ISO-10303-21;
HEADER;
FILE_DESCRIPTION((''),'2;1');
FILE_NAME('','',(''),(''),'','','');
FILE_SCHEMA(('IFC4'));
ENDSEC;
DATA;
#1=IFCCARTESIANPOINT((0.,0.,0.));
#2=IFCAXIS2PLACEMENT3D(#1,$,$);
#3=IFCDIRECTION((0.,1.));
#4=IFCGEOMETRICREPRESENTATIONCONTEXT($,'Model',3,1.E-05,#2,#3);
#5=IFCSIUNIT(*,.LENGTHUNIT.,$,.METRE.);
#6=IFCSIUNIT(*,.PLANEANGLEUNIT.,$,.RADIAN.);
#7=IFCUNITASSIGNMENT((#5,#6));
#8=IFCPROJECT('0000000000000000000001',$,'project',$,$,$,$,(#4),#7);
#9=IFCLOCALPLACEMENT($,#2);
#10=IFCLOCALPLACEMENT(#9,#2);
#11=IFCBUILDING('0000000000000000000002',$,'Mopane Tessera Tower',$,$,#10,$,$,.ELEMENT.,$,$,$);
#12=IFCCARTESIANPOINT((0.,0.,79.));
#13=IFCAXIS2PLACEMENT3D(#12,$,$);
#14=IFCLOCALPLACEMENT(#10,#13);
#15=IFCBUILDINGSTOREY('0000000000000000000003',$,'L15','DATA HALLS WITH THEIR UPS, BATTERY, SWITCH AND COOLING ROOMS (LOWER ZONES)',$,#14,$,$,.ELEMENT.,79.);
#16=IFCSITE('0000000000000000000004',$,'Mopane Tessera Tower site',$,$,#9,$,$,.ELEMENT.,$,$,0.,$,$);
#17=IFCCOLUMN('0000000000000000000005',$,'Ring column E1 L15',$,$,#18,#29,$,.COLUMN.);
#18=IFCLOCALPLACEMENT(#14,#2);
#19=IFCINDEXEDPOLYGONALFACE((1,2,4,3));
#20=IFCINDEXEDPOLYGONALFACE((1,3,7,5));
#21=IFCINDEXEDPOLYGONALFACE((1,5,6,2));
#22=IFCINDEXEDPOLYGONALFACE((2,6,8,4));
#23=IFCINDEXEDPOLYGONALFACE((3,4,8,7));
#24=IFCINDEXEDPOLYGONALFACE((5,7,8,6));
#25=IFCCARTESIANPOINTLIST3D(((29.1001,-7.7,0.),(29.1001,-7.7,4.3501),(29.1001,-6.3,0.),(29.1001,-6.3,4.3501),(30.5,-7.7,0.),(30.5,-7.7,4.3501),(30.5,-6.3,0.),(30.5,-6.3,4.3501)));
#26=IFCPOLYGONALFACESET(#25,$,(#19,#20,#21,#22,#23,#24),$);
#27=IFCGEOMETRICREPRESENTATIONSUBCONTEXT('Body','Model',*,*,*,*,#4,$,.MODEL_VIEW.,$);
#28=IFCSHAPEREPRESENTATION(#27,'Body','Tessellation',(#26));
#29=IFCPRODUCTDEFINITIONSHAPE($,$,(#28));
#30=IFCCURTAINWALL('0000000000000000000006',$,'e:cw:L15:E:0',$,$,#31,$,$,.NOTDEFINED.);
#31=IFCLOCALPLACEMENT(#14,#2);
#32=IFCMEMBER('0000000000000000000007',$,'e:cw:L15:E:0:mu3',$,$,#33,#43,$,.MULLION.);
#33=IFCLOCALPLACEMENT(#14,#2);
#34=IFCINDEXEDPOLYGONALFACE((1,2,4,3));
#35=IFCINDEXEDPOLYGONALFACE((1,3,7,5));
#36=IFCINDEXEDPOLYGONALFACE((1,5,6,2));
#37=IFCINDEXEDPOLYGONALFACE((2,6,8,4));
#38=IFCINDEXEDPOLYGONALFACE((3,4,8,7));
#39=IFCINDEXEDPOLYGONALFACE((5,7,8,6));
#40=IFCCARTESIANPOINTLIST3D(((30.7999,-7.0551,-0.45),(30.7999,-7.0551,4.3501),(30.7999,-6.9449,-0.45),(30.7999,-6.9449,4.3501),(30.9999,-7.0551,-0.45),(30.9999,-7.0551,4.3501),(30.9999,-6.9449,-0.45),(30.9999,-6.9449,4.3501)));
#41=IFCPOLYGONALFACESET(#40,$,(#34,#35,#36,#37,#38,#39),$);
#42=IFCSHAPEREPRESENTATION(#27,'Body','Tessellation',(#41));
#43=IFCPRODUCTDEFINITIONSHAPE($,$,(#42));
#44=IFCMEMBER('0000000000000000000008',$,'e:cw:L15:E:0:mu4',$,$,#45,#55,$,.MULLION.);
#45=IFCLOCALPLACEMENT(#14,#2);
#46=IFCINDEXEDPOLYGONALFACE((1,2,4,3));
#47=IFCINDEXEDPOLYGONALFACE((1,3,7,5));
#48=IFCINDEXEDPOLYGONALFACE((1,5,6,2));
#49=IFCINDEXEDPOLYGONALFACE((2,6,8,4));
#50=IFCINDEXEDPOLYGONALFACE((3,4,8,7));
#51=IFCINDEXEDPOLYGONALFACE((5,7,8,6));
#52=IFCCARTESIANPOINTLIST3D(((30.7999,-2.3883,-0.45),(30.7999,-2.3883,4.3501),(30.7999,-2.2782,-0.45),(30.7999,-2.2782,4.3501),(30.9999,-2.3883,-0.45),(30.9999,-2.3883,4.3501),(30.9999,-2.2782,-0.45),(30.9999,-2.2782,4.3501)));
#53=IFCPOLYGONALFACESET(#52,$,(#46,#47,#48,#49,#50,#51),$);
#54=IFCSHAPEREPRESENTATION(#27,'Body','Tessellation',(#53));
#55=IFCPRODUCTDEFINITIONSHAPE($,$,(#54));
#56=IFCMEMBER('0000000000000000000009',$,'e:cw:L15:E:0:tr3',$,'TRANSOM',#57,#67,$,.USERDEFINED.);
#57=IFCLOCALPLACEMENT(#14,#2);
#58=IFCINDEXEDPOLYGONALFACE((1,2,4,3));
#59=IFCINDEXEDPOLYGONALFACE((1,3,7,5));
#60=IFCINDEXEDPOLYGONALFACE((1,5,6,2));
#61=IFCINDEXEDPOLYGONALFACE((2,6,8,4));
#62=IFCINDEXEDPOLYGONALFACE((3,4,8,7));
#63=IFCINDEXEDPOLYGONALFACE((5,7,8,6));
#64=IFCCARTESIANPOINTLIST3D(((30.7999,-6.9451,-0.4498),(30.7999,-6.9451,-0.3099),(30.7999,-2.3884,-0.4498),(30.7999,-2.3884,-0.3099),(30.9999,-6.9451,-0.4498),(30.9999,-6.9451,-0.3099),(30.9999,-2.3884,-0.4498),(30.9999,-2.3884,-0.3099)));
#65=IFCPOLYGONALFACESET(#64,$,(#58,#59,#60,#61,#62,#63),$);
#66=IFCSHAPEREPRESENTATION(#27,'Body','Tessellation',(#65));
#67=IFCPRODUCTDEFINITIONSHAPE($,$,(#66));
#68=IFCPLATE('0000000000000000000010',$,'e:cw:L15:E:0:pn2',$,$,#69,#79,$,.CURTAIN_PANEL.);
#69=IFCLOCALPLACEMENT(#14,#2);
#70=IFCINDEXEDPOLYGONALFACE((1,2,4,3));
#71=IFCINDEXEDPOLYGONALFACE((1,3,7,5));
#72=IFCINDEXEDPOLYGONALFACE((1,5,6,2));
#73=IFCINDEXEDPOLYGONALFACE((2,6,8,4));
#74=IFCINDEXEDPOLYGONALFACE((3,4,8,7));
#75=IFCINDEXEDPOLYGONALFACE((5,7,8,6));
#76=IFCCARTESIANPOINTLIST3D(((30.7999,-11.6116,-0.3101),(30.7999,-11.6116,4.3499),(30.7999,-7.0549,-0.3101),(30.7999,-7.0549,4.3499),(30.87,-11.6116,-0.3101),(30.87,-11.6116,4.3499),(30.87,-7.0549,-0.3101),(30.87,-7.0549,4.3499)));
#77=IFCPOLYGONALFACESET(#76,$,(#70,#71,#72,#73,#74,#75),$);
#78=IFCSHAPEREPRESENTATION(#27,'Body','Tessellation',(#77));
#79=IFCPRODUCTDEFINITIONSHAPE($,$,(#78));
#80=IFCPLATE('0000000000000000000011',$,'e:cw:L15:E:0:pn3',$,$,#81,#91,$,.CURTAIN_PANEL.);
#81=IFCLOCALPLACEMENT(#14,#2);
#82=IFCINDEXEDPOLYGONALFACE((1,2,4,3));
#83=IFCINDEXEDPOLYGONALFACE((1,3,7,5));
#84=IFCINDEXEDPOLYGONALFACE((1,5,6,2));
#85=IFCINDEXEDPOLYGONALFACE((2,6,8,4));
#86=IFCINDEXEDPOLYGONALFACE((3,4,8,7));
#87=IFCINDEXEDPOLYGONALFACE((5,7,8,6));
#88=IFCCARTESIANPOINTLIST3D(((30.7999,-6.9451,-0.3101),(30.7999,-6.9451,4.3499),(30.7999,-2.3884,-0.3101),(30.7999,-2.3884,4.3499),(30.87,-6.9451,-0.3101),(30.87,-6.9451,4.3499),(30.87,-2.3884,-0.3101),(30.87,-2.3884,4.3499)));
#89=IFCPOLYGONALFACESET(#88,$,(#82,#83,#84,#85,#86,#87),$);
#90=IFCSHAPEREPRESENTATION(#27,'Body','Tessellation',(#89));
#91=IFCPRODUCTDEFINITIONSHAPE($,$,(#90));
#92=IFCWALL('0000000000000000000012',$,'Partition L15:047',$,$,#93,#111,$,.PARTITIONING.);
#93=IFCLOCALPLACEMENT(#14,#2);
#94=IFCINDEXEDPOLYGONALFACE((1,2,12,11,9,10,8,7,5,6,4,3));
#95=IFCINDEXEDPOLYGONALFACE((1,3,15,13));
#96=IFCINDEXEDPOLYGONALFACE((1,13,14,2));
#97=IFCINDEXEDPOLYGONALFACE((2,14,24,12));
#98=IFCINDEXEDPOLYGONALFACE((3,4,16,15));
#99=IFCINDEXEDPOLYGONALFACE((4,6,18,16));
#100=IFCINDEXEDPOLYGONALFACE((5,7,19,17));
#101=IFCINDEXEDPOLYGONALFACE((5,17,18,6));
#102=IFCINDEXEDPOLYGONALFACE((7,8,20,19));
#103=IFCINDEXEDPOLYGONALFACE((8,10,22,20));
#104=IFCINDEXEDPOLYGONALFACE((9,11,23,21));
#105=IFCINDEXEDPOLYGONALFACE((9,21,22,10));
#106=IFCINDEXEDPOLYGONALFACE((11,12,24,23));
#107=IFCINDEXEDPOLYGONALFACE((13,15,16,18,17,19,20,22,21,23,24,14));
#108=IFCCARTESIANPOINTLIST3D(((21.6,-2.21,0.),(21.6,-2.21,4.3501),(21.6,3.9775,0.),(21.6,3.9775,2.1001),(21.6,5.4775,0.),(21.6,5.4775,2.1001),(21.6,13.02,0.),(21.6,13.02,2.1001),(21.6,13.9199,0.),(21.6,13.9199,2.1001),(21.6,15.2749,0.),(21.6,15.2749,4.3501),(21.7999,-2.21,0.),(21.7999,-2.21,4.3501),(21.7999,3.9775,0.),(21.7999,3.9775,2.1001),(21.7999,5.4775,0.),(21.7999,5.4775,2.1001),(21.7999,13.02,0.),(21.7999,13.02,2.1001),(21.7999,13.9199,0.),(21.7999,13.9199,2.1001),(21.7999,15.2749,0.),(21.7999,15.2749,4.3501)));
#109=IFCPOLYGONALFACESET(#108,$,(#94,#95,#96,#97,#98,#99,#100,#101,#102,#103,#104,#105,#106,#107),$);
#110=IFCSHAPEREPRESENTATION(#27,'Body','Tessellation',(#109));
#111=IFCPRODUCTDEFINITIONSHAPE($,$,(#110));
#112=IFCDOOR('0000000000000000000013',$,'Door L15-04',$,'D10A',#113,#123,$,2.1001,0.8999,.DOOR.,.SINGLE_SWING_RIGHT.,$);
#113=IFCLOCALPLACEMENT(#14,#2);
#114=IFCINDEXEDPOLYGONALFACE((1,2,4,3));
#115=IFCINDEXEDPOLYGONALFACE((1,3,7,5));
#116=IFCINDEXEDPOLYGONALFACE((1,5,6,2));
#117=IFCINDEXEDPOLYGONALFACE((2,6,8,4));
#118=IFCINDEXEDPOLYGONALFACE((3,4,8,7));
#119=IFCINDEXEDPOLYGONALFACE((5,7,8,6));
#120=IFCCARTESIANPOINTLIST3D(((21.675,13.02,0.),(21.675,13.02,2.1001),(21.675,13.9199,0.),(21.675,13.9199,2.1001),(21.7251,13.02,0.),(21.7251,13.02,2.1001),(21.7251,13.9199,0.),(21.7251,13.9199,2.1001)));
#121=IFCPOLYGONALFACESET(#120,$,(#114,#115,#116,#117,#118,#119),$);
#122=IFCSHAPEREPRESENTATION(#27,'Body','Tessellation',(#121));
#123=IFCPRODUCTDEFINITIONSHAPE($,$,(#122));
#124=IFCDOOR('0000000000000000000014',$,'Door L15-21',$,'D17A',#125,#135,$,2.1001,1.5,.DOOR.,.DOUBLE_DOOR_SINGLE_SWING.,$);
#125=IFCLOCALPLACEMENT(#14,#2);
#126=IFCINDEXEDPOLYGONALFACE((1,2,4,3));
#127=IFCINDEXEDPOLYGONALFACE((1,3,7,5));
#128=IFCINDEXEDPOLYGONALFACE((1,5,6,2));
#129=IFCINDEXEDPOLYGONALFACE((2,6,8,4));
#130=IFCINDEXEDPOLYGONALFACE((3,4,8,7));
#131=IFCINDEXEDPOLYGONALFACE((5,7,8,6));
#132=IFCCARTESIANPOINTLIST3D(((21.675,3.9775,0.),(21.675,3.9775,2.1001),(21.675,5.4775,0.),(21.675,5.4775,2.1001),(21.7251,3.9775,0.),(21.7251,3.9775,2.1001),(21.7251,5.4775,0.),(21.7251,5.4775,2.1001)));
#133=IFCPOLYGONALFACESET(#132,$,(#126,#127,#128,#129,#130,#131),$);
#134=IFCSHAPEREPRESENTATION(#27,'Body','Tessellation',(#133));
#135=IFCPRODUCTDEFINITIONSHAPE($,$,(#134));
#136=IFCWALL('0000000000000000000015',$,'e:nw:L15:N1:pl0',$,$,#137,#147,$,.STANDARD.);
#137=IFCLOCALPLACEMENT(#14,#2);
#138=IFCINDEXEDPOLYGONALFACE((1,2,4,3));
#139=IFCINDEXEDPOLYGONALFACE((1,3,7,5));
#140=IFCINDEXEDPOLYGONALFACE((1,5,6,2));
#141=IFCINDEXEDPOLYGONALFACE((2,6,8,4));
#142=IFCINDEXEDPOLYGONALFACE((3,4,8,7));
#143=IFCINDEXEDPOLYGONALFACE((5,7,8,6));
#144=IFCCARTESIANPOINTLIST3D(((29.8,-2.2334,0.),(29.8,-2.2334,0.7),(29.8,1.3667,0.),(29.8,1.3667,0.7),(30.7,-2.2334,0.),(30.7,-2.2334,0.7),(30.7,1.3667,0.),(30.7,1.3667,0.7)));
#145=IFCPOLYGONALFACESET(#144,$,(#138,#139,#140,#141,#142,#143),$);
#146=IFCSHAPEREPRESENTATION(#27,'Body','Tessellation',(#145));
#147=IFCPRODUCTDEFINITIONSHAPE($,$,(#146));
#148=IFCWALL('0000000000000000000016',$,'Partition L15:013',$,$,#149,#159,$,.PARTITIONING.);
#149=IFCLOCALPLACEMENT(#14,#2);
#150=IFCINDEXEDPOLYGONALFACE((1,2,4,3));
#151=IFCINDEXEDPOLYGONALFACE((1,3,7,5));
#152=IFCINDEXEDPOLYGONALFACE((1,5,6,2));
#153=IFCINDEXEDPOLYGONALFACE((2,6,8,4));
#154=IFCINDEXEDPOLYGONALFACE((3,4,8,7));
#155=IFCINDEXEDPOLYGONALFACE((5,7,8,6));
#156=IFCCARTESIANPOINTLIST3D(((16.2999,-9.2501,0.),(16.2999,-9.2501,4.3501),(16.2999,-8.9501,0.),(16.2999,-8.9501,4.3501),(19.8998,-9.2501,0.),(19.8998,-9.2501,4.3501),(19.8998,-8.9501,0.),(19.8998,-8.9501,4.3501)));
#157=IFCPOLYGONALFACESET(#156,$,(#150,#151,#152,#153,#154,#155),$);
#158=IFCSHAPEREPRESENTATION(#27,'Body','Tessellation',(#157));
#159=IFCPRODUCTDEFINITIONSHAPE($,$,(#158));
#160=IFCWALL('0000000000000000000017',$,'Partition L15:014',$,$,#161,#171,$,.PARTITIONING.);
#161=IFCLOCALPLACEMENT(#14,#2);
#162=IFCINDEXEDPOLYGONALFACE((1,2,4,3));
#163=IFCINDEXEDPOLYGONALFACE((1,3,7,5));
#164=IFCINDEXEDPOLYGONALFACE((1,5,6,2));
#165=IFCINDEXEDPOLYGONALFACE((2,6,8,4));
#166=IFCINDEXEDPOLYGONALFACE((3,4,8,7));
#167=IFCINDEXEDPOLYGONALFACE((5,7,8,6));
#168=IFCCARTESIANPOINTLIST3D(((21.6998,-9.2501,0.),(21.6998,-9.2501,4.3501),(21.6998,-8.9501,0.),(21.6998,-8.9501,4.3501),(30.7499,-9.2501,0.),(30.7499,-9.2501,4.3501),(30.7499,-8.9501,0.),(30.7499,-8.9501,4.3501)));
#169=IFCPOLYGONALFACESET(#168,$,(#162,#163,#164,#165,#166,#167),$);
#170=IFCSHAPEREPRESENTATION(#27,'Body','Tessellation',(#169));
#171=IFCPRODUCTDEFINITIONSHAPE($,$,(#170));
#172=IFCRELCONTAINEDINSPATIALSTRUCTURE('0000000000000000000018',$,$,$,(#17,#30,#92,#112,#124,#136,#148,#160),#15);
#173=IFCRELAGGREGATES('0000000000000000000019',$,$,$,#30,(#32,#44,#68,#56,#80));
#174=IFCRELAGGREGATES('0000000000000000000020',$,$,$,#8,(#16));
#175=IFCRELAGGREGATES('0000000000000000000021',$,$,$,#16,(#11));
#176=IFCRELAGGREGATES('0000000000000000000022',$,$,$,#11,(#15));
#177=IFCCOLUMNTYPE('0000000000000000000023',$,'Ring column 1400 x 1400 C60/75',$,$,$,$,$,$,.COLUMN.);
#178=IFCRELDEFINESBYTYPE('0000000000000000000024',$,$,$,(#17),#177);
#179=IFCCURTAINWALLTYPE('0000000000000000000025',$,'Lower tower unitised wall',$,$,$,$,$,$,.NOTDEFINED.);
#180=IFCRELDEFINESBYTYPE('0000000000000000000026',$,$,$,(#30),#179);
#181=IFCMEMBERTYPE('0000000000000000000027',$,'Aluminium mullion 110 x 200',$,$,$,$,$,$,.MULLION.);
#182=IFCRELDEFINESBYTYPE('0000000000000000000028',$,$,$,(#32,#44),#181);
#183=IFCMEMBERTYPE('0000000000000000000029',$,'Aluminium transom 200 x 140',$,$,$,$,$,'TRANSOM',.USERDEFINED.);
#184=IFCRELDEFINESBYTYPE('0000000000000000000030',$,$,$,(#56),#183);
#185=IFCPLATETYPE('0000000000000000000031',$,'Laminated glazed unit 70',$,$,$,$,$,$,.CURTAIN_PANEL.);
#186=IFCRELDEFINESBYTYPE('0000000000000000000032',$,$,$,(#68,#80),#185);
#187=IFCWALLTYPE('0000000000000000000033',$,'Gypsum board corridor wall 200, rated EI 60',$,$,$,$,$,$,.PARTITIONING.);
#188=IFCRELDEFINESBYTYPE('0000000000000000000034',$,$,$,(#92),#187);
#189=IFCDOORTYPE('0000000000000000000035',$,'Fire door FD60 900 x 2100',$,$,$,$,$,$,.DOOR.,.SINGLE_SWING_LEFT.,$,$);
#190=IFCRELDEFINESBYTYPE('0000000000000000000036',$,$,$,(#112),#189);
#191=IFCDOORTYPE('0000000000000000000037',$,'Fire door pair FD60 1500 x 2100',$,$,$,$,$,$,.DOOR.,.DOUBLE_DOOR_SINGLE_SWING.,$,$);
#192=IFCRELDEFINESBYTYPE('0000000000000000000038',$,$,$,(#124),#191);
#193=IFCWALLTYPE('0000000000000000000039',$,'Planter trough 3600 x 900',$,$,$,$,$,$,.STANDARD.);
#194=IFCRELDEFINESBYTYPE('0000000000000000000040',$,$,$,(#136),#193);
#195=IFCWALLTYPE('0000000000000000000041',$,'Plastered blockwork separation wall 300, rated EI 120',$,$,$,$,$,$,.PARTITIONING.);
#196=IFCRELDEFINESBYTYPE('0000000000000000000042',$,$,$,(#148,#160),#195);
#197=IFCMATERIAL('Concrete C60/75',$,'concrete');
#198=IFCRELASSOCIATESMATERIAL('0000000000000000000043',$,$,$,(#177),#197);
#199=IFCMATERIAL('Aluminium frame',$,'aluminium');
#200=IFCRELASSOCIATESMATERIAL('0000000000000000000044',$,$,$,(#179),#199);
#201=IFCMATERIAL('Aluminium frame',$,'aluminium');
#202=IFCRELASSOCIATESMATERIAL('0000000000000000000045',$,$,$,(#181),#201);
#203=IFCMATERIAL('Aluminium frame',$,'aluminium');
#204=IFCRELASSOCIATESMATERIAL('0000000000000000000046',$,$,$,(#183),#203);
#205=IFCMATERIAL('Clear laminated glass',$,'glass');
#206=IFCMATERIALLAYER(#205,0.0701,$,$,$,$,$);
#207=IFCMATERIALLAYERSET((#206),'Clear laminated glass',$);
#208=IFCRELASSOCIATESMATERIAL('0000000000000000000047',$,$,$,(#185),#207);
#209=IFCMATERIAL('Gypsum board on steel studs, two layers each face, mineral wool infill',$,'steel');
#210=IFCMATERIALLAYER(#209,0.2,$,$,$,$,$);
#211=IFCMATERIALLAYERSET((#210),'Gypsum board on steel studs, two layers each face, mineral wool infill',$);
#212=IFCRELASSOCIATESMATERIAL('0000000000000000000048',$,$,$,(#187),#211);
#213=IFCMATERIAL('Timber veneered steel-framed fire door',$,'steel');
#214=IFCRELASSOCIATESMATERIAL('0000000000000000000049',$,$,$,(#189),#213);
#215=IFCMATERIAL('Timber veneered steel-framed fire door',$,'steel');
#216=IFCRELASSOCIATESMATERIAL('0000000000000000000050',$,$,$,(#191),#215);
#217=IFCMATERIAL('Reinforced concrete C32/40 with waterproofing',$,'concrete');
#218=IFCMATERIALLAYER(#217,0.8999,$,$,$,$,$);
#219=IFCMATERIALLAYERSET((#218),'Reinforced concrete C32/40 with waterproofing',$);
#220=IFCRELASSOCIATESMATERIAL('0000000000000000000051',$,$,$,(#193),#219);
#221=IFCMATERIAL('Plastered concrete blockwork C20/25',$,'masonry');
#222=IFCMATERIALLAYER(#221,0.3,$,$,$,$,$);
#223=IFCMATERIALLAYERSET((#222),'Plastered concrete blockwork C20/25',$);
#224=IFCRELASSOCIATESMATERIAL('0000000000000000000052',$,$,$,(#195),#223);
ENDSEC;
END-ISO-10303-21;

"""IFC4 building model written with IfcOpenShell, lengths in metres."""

from ifc_helpers import new_model, si_unit, direction, frame, frame_2d, origin, origin_2d, place, context, subcontext, project, spatial, rectangle, extrude, material, layer, layer_set, material_profile, profile_set, type_object, element, fill, aggregate, save


model = new_model("IFC4")

# Units and contexts
model_context = context("Model", 3, precision=1e-05, world=origin(), true_north=direction((0.0, 1.0)))
body_context = subcontext(model_context, "Body", "Model", "MODEL_VIEW")
ifc_project = project(units=[si_unit("LENGTHUNIT", "METRE"), si_unit("PLANEANGLEUNIT", "RADIAN")], contexts=[model_context])

# Site, building, storey
site_placement = place(None, origin())
site = spatial("IfcSite", under=ifc_project, at=site_placement, Name="Mopane Tessera Tower site", CompositionType="ELEMENT", RefElevation=0.0)
building_placement = place(site_placement, origin())
building = spatial("IfcBuilding", under=site, at=building_placement, Name="Mopane Tessera Tower", CompositionType="ELEMENT")
storey_placement = place(building_placement, frame((0.0, 0.0, 79.0)))
storey = spatial("IfcBuildingStorey", under=building, at=storey_placement, Name="L15", Description="DATA HALLS WITH THEIR UPS, BATTERY, SWITCH AND COOLING ROOMS (LOWER ZONES)", CompositionType="ELEMENT", Elevation=79.0)

# Column
ifc_material_1 = material(Name="Concrete C60/75", Category="concrete")
ifc_material_profile_1 = material_profile(ifc_material_1, rectangle(XDim=1.3999, YDim=1.3999, at=origin_2d()))
ifc_profile_set_1 = profile_set([ifc_material_profile_1], Name="Concrete C60/75")
column_type = type_object("IfcColumnType", Name="Ring column 1400 x 1400 C60/75", PredefinedType="COLUMN", material=ifc_profile_set_1)
column_placement = place(storey_placement, frame((29.8, -7.0, 0.0), z_axis=(0.0, 0.0, 1.0), x_axis=(1.0, 0.0, 0.0)))
element("IfcColumn", 1, at=column_placement, inside=storey, type_object=column_type, Name="Ring column E1 L15", PredefinedType="COLUMN", context=body_context, shape_type="SweptSolid", body=[
    extrude(rectangle(XDim=1.3999, YDim=1.3999, at=origin_2d()), origin(), (0.0, 0.0, 1.0), 4.3501),
])

# Curtain wall, members, plates
ifc_material_2 = material(Name="Aluminium frame", Category="aluminium")
curtain_wall_type = type_object("IfcCurtainWallType", Name="Lower tower unitised wall", PredefinedType="NOTDEFINED", material=ifc_material_2)
curtain_wall_placement = place(storey_placement, origin())
curtain_wall = element("IfcCurtainWall", 2, at=curtain_wall_placement, inside=storey, type_object=curtain_wall_type, Name="e:cw:L15:E:0", PredefinedType="NOTDEFINED")
ifc_material_3 = material(Name="Aluminium frame", Category="aluminium")
ifc_material_profile_2 = material_profile(ifc_material_3, rectangle(XDim=0.1101, YDim=0.2, at=origin_2d()))
ifc_profile_set_2 = profile_set([ifc_material_profile_2], Name="Aluminium frame")
member_type_1 = type_object("IfcMemberType", Name="Aluminium mullion 110 x 200", PredefinedType="MULLION", material=ifc_profile_set_2)
member_1_placement = place(storey_placement, frame((30.8999, -7.0, -0.45), z_axis=(0.0, 0.0, 1.0), x_axis=(0.0, 1.0, 0.0)))
member_1 = element("IfcMember", 3, at=member_1_placement, type_object=member_type_1, Name="e:cw:L15:E:0:mu3", PredefinedType="MULLION", context=body_context, shape_type="SweptSolid", body=[
    extrude(rectangle(XDim=0.1101, YDim=0.2, at=origin_2d()), origin(), (0.0, 0.0, 1.0), 4.8),
])
member_2_placement = place(storey_placement, frame((30.8999, -2.3333, -0.45), z_axis=(0.0, 0.0, 1.0), x_axis=(0.0, 1.0, 0.0)))
member_2 = element("IfcMember", 4, at=member_2_placement, type_object=member_type_1, Name="e:cw:L15:E:0:mu4", PredefinedType="MULLION", context=body_context, shape_type="SweptSolid", body=[
    extrude(rectangle(XDim=0.1101, YDim=0.2, at=origin_2d()), origin(), (0.0, 0.0, 1.0), 4.8),
])
ifc_material_4 = material(Name="Aluminium frame", Category="aluminium")
ifc_material_profile_3 = material_profile(ifc_material_4, rectangle(XDim=0.2, YDim=0.1399, at=origin_2d()))
ifc_profile_set_3 = profile_set([ifc_material_profile_3], Name="Aluminium frame")
member_type_2 = type_object("IfcMemberType", Name="Aluminium transom 200 x 140", ElementType="TRANSOM", PredefinedType="USERDEFINED", material=ifc_profile_set_3)
member_3_placement = place(storey_placement, frame((30.8999, -6.9451, -0.3799), z_axis=(0.0, 1.0, 0.0), x_axis=(-1.0, 0.0, 0.0)))
member_3 = element("IfcMember", 5, at=member_3_placement, type_object=member_type_2, Name="e:cw:L15:E:0:tr3", ObjectType="TRANSOM", PredefinedType="USERDEFINED", context=body_context, shape_type="SweptSolid", body=[
    extrude(rectangle(XDim=0.2, YDim=0.1399, at=origin_2d()), origin(), (0.0, 0.0, 1.0), 4.5566),
])
ifc_material_5 = material(Name="Clear laminated glass", Category="glass")
ifc_layer_1 = layer(ifc_material_5, 0.0701)
ifc_layer_set_1 = layer_set([ifc_layer_1], Name="Clear laminated glass")
plate_type = type_object("IfcPlateType", Name="Laminated glazed unit 70", PredefinedType="CURTAIN_PANEL", material=ifc_layer_set_1)
plate_1_placement = place(storey_placement, frame((30.835, -9.3333, -0.3101), z_axis=(0.0, 0.0, 1.0), x_axis=(0.0, 1.0, 0.0)))
plate_1 = element("IfcPlate", 6, at=plate_1_placement, type_object=plate_type, Name="e:cw:L15:E:0:pn2", PredefinedType="CURTAIN_PANEL", context=body_context, shape_type="SweptSolid", body=[
    extrude(rectangle(XDim=4.5566, YDim=0.0701, at=origin_2d()), origin(), (0.0, 0.0, 1.0), 4.6599),
])
plate_2_placement = place(storey_placement, frame((30.835, -4.6667, -0.3101), z_axis=(0.0, 0.0, 1.0), x_axis=(0.0, 1.0, 0.0)))
plate_2 = element("IfcPlate", 7, at=plate_2_placement, type_object=plate_type, Name="e:cw:L15:E:0:pn3", PredefinedType="CURTAIN_PANEL", context=body_context, shape_type="SweptSolid", body=[
    extrude(rectangle(XDim=4.5566, YDim=0.0701, at=origin_2d()), origin(), (0.0, 0.0, 1.0), 4.6599),
])
aggregate(curtain_wall, [member_1, member_2, plate_1, member_3, plate_2])

# Wall, openings, doors
ifc_material_6 = material(Name="Gypsum board on steel studs, two layers each face, mineral wool infill", Category="steel")
ifc_layer_2 = layer(ifc_material_6, 0.2)
ifc_layer_set_2 = layer_set([ifc_layer_2], Name="Gypsum board on steel studs, two layers each face, mineral wool infill")
wall_type_1 = type_object("IfcWallType", Name="Gypsum board corridor wall 200, rated EI 60", PredefinedType="PARTITIONING", material=ifc_layer_set_2)
wall_1_placement = place(storey_placement, frame((21.7, -2.21, 0.0), z_axis=(0.0, 0.0, 1.0), x_axis=(0.0, 1.0, 0.0)))
wall_1 = element("IfcWall", 8, at=wall_1_placement, inside=storey, type_object=wall_type_1, Name="Partition L15:047", PredefinedType="PARTITIONING", context=body_context, shape_type="SweptSolid", body=[
    extrude(rectangle(XDim=17.4849, YDim=0.2, at=frame_2d((8.7424, 0.0))), origin(), (0.0, 0.0, 1.0), 4.3501),
])
opening_1_placement = place(wall_1_placement, frame((15.23, 0.0, 0.0)))
opening_1 = element("IfcOpeningElement", 9, at=opening_1_placement, cuts=wall_1, PredefinedType="OPENING", context=body_context, shape_type="SweptSolid", body=[
    extrude(rectangle(XDim=0.8999, YDim=2.1001, at=frame_2d((0.45, 1.05))), frame((0.0, 0.1121, 0.0), z_axis=(0.0, -1.0, 0.0), x_axis=(1.0, 0.0, 0.0)), (0.0, 0.0, 1.0), 0.2239),
])
opening_2_placement = place(wall_1_placement, frame((6.1875, 0.0, 0.0)))
opening_2 = element("IfcOpeningElement", 10, at=opening_2_placement, cuts=wall_1, PredefinedType="OPENING", context=body_context, shape_type="SweptSolid", body=[
    extrude(rectangle(XDim=1.5, YDim=2.1001, at=frame_2d((0.75, 1.05))), frame((0.0, 0.1121, 0.0), z_axis=(0.0, -1.0, 0.0), x_axis=(1.0, 0.0, 0.0)), (0.0, 0.0, 1.0), 0.2239),
])
ifc_material_7 = material(Name="Timber veneered steel-framed fire door", Category="steel")
door_type_1 = type_object("IfcDoorType", Name="Fire door FD60 900 x 2100", OperationType="SINGLE_SWING_LEFT", PredefinedType="DOOR", material=ifc_material_7)
door_1_placement = place(opening_1_placement, origin())
door_1 = element("IfcDoor", 11, at=door_1_placement, inside=storey, type_object=door_type_1, Name="Door L15-04", ObjectType="D10A", OperationType="SINGLE_SWING_RIGHT", OverallHeight=2.1001, OverallWidth=0.8999, PredefinedType="DOOR", context=body_context, shape_type="SweptSolid", body=[
    extrude(rectangle(XDim=0.8999, YDim=2.1001, at=frame_2d((0.45, 1.05))), frame((0.0, 0.0249, 0.0), z_axis=(0.0, -1.0, 0.0), x_axis=(1.0, 0.0, 0.0)), (0.0, 0.0, 1.0), 0.05),
])
fill(opening_1, door_1)
ifc_material_8 = material(Name="Timber veneered steel-framed fire door", Category="steel")
door_type_2 = type_object("IfcDoorType", Name="Fire door pair FD60 1500 x 2100", OperationType="DOUBLE_DOOR_SINGLE_SWING", PredefinedType="DOOR", material=ifc_material_8)
door_2_placement = place(opening_2_placement, origin())
door_2 = element("IfcDoor", 12, at=door_2_placement, inside=storey, type_object=door_type_2, Name="Door L15-21", ObjectType="D17A", OperationType="DOUBLE_DOOR_SINGLE_SWING", OverallHeight=2.1001, OverallWidth=1.5, PredefinedType="DOOR", context=body_context, shape_type="SweptSolid", body=[
    extrude(rectangle(XDim=1.5, YDim=2.1001, at=frame_2d((0.75, 1.05))), frame((0.0, 0.0249, 0.0), z_axis=(0.0, -1.0, 0.0), x_axis=(1.0, 0.0, 0.0)), (0.0, 0.0, 1.0), 0.05),
])
fill(opening_2, door_2)

# Walls
ifc_material_9 = material(Name="Reinforced concrete C32/40 with waterproofing", Category="concrete")
ifc_layer_3 = layer(ifc_material_9, 0.8999)
ifc_layer_set_3 = layer_set([ifc_layer_3], Name="Reinforced concrete C32/40 with waterproofing")
wall_type_2 = type_object("IfcWallType", Name="Planter trough 3600 x 900", PredefinedType="STANDARD", material=ifc_layer_set_3)
wall_2_placement = place(storey_placement, frame((30.25, -2.2334, 0.0), z_axis=(0.0, 0.0, 1.0), x_axis=(0.0, 1.0, 0.0)))
element("IfcWall", 13, at=wall_2_placement, inside=storey, type_object=wall_type_2, Name="e:nw:L15:N1:pl0", PredefinedType="STANDARD", context=body_context, shape_type="SweptSolid", body=[
    extrude(rectangle(XDim=3.6001, YDim=0.8999, at=frame_2d((1.8, 0.0))), origin(), (0.0, 0.0, 1.0), 0.7),
])
ifc_material_10 = material(Name="Plastered concrete blockwork C20/25", Category="masonry")
ifc_layer_4 = layer(ifc_material_10, 0.3)
ifc_layer_set_4 = layer_set([ifc_layer_4], Name="Plastered concrete blockwork C20/25")
wall_type_3 = type_object("IfcWallType", Name="Plastered blockwork separation wall 300, rated EI 120", PredefinedType="PARTITIONING", material=ifc_layer_set_4)
wall_3_placement = place(storey_placement, frame((16.3, -9.1001, 0.0), z_axis=(0.0, 0.0, 1.0), x_axis=(1.0, 0.0, 0.0)))
element("IfcWall", 14, at=wall_3_placement, inside=storey, type_object=wall_type_3, Name="Partition L15:013", PredefinedType="PARTITIONING", context=body_context, shape_type="SweptSolid", body=[
    extrude(rectangle(XDim=3.5999, YDim=0.3, at=frame_2d((1.7998, 0.0))), origin(), (0.0, 0.0, 1.0), 4.3501),
])
wall_4_placement = place(storey_placement, frame((21.7, -9.1001, 0.0), z_axis=(0.0, 0.0, 1.0), x_axis=(1.0, 0.0, 0.0)))
element("IfcWall", 15, at=wall_4_placement, inside=storey, type_object=wall_type_3, Name="Partition L15:014", PredefinedType="PARTITIONING", context=body_context, shape_type="SweptSolid", body=[
    extrude(rectangle(XDim=9.05, YDim=0.3, at=frame_2d((4.5249, 0.0))), origin(), (0.0, 0.0, 1.0), 4.3501),
])

save(model, "model.ifc")
